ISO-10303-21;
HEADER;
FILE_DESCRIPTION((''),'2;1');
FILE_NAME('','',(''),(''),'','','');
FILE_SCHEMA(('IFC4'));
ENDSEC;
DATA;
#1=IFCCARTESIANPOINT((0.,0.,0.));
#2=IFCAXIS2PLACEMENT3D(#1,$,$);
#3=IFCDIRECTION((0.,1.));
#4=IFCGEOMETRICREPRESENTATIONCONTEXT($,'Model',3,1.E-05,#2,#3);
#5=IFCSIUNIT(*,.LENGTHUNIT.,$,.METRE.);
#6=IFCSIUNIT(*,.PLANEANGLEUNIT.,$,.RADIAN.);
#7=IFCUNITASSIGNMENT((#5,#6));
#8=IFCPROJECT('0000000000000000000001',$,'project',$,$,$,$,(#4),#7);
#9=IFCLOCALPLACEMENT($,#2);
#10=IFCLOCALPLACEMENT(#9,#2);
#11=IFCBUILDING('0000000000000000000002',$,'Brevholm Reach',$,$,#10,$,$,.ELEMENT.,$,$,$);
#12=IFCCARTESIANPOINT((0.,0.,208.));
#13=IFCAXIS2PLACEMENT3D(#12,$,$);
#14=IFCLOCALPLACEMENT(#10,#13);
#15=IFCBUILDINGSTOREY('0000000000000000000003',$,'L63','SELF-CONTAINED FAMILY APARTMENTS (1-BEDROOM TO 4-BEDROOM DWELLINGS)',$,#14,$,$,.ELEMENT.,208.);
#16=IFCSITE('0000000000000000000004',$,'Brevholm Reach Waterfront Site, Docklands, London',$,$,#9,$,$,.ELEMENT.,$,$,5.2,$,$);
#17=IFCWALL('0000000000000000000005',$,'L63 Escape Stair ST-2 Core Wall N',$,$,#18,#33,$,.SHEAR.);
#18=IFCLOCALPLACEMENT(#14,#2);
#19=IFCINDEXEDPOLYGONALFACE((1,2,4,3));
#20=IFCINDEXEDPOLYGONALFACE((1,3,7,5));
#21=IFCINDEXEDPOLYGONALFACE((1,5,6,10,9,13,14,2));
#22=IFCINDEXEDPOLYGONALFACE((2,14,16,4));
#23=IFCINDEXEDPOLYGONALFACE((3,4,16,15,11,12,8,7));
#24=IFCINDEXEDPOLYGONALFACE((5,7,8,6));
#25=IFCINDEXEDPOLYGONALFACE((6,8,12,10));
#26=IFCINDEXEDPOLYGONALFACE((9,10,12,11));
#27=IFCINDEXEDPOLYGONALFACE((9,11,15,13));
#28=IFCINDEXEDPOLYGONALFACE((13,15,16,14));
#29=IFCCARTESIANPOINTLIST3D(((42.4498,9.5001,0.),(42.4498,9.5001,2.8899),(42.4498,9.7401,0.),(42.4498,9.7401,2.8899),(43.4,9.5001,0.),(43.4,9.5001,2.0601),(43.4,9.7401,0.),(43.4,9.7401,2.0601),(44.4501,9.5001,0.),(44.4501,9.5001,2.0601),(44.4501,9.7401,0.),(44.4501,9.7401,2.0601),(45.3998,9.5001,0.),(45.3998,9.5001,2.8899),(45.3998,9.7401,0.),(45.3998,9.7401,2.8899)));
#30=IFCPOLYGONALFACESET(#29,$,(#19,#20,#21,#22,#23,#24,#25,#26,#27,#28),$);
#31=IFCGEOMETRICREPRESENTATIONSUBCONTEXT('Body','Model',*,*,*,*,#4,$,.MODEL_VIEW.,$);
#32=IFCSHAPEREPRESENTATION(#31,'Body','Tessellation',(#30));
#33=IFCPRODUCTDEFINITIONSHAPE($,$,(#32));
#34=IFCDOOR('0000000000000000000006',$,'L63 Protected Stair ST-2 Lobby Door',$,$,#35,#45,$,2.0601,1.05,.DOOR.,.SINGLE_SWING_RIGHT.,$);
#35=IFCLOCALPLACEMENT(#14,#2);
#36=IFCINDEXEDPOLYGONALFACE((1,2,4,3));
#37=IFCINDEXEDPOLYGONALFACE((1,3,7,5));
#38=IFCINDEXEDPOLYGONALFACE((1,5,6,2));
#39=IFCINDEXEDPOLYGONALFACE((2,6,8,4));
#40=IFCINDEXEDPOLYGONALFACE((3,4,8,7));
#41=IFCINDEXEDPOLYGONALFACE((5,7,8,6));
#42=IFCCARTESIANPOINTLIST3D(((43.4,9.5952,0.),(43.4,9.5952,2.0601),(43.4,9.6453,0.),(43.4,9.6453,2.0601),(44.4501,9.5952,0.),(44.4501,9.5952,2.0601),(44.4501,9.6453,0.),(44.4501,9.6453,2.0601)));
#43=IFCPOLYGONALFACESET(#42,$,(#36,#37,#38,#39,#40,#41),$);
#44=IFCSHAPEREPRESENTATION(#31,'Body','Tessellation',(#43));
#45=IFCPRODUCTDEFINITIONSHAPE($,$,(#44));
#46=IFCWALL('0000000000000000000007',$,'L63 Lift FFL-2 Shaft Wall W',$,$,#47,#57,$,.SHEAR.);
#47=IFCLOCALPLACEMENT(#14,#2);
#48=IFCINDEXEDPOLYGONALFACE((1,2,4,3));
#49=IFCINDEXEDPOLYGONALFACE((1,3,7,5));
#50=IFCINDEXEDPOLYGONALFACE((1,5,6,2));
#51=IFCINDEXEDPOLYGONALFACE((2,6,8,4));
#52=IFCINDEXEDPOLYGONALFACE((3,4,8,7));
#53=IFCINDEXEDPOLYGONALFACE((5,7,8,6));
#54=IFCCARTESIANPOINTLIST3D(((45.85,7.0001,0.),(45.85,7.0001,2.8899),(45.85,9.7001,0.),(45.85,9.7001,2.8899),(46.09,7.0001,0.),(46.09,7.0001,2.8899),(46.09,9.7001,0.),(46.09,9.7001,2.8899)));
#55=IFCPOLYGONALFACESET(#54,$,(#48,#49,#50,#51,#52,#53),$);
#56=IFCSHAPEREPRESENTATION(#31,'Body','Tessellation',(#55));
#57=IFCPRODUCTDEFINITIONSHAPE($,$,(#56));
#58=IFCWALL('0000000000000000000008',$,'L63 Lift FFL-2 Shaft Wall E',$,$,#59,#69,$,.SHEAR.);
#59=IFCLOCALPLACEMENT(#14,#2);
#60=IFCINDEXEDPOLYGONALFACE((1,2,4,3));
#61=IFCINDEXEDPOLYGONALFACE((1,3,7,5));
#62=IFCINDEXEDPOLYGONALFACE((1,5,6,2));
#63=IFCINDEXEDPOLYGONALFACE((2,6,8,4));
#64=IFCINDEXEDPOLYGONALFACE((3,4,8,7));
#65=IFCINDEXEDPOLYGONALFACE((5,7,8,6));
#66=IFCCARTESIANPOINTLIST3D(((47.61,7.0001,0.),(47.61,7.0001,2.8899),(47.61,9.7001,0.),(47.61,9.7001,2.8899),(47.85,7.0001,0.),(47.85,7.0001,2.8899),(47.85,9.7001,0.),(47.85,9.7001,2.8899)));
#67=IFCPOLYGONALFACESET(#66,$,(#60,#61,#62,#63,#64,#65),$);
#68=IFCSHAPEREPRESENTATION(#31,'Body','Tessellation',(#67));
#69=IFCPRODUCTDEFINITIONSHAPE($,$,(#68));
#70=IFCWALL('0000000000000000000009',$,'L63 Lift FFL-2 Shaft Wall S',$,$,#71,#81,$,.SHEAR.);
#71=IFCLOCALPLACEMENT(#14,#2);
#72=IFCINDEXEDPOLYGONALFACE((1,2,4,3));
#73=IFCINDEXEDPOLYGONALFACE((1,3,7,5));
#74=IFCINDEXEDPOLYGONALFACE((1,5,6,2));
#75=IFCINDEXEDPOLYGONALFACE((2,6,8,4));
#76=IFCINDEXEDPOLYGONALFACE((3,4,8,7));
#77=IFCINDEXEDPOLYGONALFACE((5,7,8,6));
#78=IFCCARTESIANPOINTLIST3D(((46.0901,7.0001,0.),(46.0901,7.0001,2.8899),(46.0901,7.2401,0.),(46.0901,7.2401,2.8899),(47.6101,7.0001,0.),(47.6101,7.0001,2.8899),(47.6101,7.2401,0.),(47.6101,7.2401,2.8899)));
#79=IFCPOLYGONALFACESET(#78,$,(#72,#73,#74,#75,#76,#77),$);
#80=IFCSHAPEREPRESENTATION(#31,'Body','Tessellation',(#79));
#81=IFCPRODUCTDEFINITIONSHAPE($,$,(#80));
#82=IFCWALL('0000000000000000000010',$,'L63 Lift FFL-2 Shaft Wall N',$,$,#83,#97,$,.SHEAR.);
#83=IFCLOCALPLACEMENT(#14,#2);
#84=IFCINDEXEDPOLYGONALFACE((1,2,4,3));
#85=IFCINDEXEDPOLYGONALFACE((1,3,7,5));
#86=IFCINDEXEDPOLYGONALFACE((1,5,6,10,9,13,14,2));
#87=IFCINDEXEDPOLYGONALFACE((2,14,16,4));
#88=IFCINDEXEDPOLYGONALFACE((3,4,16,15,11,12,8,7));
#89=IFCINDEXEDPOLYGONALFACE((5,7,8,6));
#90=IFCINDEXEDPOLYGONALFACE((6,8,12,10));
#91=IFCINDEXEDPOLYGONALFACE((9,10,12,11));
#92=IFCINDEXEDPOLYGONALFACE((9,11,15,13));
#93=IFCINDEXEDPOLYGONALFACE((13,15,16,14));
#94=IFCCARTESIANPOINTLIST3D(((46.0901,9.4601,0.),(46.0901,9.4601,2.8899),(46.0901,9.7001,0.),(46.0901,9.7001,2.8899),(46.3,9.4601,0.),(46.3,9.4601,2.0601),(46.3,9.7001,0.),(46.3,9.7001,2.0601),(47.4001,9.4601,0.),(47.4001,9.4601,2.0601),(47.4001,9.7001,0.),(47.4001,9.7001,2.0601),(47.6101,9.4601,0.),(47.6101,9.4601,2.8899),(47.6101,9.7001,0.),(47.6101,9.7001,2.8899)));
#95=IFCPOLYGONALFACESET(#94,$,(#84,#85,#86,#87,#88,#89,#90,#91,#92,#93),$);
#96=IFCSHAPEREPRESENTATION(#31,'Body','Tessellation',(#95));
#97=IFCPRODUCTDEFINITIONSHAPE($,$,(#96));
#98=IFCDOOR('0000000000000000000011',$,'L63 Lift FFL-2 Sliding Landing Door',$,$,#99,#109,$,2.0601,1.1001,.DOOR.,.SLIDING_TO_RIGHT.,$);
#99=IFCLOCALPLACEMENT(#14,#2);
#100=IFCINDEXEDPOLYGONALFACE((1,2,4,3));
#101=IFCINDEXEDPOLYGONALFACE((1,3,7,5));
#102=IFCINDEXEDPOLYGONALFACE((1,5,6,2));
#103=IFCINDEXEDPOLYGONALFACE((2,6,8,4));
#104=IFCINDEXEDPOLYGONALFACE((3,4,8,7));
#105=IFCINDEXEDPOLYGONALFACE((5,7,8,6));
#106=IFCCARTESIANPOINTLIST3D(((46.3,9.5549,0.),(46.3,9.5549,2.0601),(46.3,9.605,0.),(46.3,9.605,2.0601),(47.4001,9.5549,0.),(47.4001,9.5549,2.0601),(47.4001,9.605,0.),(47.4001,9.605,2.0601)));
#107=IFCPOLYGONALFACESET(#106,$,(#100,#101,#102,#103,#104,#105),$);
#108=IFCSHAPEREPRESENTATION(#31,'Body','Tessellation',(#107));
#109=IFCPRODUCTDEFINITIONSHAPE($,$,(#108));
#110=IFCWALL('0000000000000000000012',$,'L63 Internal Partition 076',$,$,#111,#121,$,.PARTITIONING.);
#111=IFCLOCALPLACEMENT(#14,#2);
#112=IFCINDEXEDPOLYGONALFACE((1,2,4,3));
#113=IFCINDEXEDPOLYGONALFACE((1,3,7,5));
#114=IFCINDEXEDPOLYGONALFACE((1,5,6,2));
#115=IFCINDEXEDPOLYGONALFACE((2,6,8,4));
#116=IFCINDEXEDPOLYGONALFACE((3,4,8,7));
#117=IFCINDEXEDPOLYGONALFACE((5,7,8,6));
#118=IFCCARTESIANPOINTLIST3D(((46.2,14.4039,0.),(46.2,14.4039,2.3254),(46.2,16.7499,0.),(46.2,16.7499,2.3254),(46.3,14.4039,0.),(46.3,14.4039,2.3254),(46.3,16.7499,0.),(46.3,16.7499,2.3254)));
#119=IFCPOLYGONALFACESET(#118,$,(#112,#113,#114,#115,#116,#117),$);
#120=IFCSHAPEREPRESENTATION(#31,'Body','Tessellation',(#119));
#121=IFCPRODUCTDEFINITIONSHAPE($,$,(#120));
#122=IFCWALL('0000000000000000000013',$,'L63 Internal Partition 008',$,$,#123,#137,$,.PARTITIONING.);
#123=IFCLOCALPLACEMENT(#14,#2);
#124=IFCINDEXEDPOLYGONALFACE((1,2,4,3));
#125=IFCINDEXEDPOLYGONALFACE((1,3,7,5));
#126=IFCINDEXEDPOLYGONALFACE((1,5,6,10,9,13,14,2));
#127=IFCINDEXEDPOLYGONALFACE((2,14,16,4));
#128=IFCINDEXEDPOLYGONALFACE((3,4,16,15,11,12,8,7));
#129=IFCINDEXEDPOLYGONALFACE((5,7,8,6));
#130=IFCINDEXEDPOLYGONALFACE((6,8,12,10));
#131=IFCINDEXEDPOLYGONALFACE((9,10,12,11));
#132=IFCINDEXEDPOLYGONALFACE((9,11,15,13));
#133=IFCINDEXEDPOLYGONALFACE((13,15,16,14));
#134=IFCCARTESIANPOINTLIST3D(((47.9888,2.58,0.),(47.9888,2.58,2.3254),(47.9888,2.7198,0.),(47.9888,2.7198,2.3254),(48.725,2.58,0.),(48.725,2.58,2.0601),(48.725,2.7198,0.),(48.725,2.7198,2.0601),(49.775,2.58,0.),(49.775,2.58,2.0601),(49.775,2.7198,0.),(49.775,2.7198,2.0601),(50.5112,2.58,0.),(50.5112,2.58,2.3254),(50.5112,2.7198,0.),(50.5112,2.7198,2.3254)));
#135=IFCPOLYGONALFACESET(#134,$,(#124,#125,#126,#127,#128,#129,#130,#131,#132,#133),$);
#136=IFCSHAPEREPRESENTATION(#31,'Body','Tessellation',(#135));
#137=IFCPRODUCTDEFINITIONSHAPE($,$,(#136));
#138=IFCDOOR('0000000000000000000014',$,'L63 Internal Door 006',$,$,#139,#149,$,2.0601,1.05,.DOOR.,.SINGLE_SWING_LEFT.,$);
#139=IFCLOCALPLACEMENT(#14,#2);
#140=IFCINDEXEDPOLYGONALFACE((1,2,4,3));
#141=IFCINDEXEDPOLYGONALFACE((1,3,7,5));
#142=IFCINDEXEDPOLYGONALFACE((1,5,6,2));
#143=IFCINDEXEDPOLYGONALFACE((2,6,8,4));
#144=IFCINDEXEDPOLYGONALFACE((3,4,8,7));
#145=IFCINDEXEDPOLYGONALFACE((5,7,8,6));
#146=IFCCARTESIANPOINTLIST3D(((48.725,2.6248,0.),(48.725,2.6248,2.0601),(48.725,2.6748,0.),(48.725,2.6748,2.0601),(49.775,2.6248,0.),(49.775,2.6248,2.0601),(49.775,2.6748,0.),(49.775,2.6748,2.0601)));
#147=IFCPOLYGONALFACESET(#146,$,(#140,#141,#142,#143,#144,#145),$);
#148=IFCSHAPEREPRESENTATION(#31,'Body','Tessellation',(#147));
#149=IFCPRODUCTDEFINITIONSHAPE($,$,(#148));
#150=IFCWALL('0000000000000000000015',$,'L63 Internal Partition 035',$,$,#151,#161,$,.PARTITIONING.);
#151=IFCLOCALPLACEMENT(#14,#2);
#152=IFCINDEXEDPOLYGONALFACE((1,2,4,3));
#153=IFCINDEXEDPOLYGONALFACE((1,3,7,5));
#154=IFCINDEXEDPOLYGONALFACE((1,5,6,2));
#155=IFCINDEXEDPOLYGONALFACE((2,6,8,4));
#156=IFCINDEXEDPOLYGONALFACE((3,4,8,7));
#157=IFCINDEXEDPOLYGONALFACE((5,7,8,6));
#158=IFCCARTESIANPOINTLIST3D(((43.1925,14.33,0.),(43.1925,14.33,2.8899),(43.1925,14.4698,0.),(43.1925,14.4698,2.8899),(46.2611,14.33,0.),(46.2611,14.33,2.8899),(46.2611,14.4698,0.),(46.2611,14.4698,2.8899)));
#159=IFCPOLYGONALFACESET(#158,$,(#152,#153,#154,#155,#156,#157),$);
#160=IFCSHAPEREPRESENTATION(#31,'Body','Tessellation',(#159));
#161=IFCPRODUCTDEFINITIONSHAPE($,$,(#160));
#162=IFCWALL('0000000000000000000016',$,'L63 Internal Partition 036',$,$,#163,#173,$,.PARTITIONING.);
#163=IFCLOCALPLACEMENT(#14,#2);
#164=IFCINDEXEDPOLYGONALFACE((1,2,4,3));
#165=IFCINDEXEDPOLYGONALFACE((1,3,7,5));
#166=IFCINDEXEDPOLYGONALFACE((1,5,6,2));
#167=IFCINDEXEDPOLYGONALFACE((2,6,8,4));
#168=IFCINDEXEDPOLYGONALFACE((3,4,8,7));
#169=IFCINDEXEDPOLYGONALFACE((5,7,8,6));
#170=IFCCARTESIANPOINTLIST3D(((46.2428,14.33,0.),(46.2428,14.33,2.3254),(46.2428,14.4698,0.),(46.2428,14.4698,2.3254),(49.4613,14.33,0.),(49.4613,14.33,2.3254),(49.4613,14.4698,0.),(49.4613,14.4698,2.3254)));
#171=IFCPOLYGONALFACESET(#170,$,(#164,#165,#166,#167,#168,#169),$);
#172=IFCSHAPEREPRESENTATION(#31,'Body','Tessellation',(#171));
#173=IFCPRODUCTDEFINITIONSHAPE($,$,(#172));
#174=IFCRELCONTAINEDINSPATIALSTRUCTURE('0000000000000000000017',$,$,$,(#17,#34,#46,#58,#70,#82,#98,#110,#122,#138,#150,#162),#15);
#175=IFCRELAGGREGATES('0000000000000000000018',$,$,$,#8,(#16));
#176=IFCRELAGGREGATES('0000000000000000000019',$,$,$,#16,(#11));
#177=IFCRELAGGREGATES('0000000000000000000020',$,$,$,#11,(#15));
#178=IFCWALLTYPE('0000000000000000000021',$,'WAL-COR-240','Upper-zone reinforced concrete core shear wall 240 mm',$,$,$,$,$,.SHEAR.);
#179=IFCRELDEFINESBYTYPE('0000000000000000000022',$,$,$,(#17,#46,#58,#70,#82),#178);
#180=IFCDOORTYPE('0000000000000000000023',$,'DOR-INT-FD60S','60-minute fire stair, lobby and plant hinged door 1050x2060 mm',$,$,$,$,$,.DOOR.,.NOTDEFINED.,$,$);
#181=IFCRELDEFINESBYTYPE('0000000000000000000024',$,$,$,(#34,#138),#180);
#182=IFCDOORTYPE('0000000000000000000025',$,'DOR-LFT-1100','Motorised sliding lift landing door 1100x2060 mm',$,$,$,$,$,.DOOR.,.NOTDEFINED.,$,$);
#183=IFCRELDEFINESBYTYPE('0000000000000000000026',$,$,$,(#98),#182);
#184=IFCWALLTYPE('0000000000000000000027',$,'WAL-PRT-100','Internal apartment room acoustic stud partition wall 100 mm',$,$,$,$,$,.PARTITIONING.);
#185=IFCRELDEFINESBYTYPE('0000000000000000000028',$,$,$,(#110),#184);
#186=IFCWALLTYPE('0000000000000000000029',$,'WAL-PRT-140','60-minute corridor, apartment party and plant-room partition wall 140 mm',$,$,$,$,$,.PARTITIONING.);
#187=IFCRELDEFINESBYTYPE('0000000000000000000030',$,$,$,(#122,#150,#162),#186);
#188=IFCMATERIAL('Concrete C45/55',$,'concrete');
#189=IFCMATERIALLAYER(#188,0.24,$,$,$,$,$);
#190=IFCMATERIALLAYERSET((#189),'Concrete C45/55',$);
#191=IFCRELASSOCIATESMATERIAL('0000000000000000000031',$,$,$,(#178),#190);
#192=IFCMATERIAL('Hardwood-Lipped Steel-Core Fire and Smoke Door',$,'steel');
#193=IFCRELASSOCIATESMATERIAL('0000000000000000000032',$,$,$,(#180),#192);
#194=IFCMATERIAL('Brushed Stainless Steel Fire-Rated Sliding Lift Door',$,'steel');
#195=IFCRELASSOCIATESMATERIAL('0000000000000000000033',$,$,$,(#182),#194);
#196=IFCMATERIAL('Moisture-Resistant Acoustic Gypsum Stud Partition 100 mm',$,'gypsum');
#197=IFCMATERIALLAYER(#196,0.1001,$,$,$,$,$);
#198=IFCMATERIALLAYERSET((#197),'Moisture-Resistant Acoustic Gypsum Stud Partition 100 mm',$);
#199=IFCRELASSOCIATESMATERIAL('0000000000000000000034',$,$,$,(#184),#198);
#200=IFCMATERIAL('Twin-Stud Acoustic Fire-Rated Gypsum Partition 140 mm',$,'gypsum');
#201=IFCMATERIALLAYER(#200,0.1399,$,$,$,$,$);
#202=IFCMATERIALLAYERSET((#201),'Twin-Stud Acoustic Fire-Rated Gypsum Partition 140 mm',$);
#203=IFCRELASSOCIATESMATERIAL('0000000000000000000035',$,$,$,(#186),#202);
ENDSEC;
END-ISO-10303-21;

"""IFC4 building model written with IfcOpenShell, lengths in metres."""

from ifc_helpers import new_model, si_unit, direction, frame, frame_2d, origin, place, context, subcontext, project, spatial, rectangle, extrude, material, layer, layer_set, type_object, element, fill, save


model = new_model("IFC4")

# Units and contexts
model_context = context("Model", 3, precision=1e-05, world=origin(), true_north=direction((0.0, 1.0)))
body_context = subcontext(model_context, "Body", "Model", "MODEL_VIEW")
ifc_project = project(units=[si_unit("LENGTHUNIT", "METRE"), si_unit("PLANEANGLEUNIT", "RADIAN")], contexts=[model_context])

# Site, building, storey
site_placement = place(None, origin())
site = spatial("IfcSite", under=ifc_project, at=site_placement, Name="Brevholm Reach Waterfront Site, Docklands, London", CompositionType="ELEMENT", RefElevation=5.2)
building_placement = place(site_placement, origin())
building = spatial("IfcBuilding", under=site, at=building_placement, Name="Brevholm Reach", CompositionType="ELEMENT")
storey_placement = place(building_placement, frame((0.0, 0.0, 208.0)))
storey = spatial("IfcBuildingStorey", under=building, at=storey_placement, Name="L63", Description="SELF-CONTAINED FAMILY APARTMENTS (1-BEDROOM TO 4-BEDROOM DWELLINGS)", CompositionType="ELEMENT", Elevation=208.0)

# Shared definitions
ifc_material_1 = material(Name="Concrete C45/55", Category="concrete")
ifc_layer_1 = layer(ifc_material_1, 0.24)
ifc_layer_set_1 = layer_set([ifc_layer_1], Name="Concrete C45/55")
wall_type_1 = type_object("IfcWallType", Name="WAL-COR-240", Description="Upper-zone reinforced concrete core shear wall 240 mm", PredefinedType="SHEAR", material=ifc_layer_set_1)

# Wall, opening, door
wall_1_placement = place(storey_placement, frame((45.3999, 9.6201, 0.0), z_axis=(0.0, 0.0, 1.0), x_axis=(-1.0, 0.0, 0.0)))
wall_1 = element("IfcWall", 1, at=wall_1_placement, inside=storey, type_object=wall_type_1, Name="L63 Escape Stair ST-2 Core Wall N", PredefinedType="SHEAR", context=body_context, shape_type="SweptSolid", body=[
    extrude(rectangle(XDim=2.95, YDim=0.24, at=frame_2d((1.4751, 0.0))), origin(), (0.0, 0.0, 1.0), 2.8899),
])
opening_1_placement = place(wall_1_placement, frame((0.95, 0.0, 0.0)))
opening_1 = element("IfcOpeningElement", 2, at=opening_1_placement, cuts=wall_1, PredefinedType="OPENING", context=body_context, shape_type="SweptSolid", body=[
    extrude(rectangle(XDim=1.05, YDim=2.0601, at=frame_2d((0.5249, 1.03))), frame((0.0, 0.1299, 0.0), z_axis=(0.0, -1.0, 0.0), x_axis=(1.0, 0.0, 0.0)), (0.0, 0.0, 1.0), 0.26),
])
ifc_material_2 = material(Name="Hardwood-Lipped Steel-Core Fire and Smoke Door", Category="steel")
door_type_1 = type_object("IfcDoorType", Name="DOR-INT-FD60S", Description="60-minute fire stair, lobby and plant hinged door 1050x2060 mm", OperationType="NOTDEFINED", PredefinedType="DOOR", material=ifc_material_2)
door_1_placement = place(opening_1_placement, origin())
door_1 = element("IfcDoor", 3, at=door_1_placement, inside=storey, type_object=door_type_1, Name="L63 Protected Stair ST-2 Lobby Door", OperationType="SINGLE_SWING_RIGHT", OverallHeight=2.0601, OverallWidth=1.05, PredefinedType="DOOR", context=body_context, shape_type="SweptSolid", body=[
    extrude(rectangle(XDim=1.05, YDim=2.0601, at=frame_2d((0.5249, 1.03))), frame((0.0, 0.0249, 0.0), z_axis=(0.0, -1.0, 0.0), x_axis=(1.0, 0.0, 0.0)), (0.0, 0.0, 1.0), 0.05),
])
fill(opening_1, door_1)

# Walls
for number, where, z_axis, x_axis, name in (
    (4, (45.97, 7.0, 0.0), (0.0, 0.0, 1.0), (0.0, 1.0, 0.0), "L63 Lift FFL-2 Shaft Wall W"),
    (5, (47.73, 7.0, 0.0), (0.0, 0.0, 1.0), (0.0, 1.0, 0.0), "L63 Lift FFL-2 Shaft Wall E"),
):
    element("IfcWall", number, at=place(storey_placement, frame(where, z_axis=z_axis, x_axis=x_axis)), inside=storey, type_object=wall_type_1, Name=name, PredefinedType="SHEAR", context=body_context, shape_type="SweptSolid", body=[
        extrude(rectangle(XDim=2.7, YDim=0.24, at=frame_2d((1.3501, 0.0))), origin(), (0.0, 0.0, 1.0), 2.8899),
    ])
wall_2_placement = place(storey_placement, frame((46.0901, 7.1201, 0.0), z_axis=(0.0, 0.0, 1.0), x_axis=(1.0, 0.0, 0.0)))
element("IfcWall", 6, at=wall_2_placement, inside=storey, type_object=wall_type_1, Name="L63 Lift FFL-2 Shaft Wall S", PredefinedType="SHEAR", context=body_context, shape_type="SweptSolid", body=[
    extrude(rectangle(XDim=1.52, YDim=0.24, at=frame_2d((0.76, 0.0))), origin(), (0.0, 0.0, 1.0), 2.8899),
])

# Wall, opening, door
wall_3_placement = place(storey_placement, frame((46.0901, 9.5801, 0.0), z_axis=(0.0, 0.0, 1.0), x_axis=(1.0, 0.0, 0.0)))
wall_3 = element("IfcWall", 7, at=wall_3_placement, inside=storey, type_object=wall_type_1, Name="L63 Lift FFL-2 Shaft Wall N", PredefinedType="SHEAR", context=body_context, shape_type="SweptSolid", body=[
    extrude(rectangle(XDim=1.52, YDim=0.24, at=frame_2d((0.76, 0.0))), origin(), (0.0, 0.0, 1.0), 2.8899),
])
opening_2_placement = place(wall_3_placement, frame((0.21, 0.0, 0.0)))
opening_2 = element("IfcOpeningElement", 8, at=opening_2_placement, cuts=wall_3, PredefinedType="OPENING", context=body_context, shape_type="SweptSolid", body=[
    extrude(rectangle(XDim=1.1001, YDim=2.0601, at=frame_2d((0.55, 1.03))), frame((0.0, 0.1299, 0.0), z_axis=(0.0, -1.0, 0.0), x_axis=(1.0, 0.0, 0.0)), (0.0, 0.0, 1.0), 0.26),
])
ifc_material_3 = material(Name="Brushed Stainless Steel Fire-Rated Sliding Lift Door", Category="steel")
door_type_2 = type_object("IfcDoorType", Name="DOR-LFT-1100", Description="Motorised sliding lift landing door 1100x2060 mm", OperationType="NOTDEFINED", PredefinedType="DOOR", material=ifc_material_3)
door_2_placement = place(opening_2_placement, origin())
door_2 = element("IfcDoor", 9, at=door_2_placement, inside=storey, type_object=door_type_2, Name="L63 Lift FFL-2 Sliding Landing Door", OperationType="SLIDING_TO_RIGHT", OverallHeight=2.0601, OverallWidth=1.1001, PredefinedType="DOOR", context=body_context, shape_type="SweptSolid", body=[
    extrude(rectangle(XDim=1.1001, YDim=2.0601, at=frame_2d((0.55, 1.03))), frame((0.0, 0.0249, 0.0), z_axis=(0.0, -1.0, 0.0), x_axis=(1.0, 0.0, 0.0)), (0.0, 0.0, 1.0), 0.05),
])
fill(opening_2, door_2)

# Wall
ifc_material_4 = material(Name="Moisture-Resistant Acoustic Gypsum Stud Partition 100 mm", Category="gypsum")
ifc_layer_2 = layer(ifc_material_4, 0.1001)
ifc_layer_set_2 = layer_set([ifc_layer_2], Name="Moisture-Resistant Acoustic Gypsum Stud Partition 100 mm")
wall_type_2 = type_object("IfcWallType", Name="WAL-PRT-100", Description="Internal apartment room acoustic stud partition wall 100 mm", PredefinedType="PARTITIONING", material=ifc_layer_set_2)
wall_4_placement = place(storey_placement, frame((46.25, 14.4041, 0.0), z_axis=(0.0, 0.0, 1.0), x_axis=(0.0, 1.0, 0.0)))
element("IfcWall", 10, at=wall_4_placement, inside=storey, type_object=wall_type_2, Name="L63 Internal Partition 076", PredefinedType="PARTITIONING", context=body_context, shape_type="SweptSolid", body=[
    extrude(rectangle(XDim=2.3459, YDim=0.1001, at=frame_2d((1.1729, 0.0))), origin(), (0.0, 0.0, 1.0), 2.3254),
])

# Wall, opening, door
ifc_material_5 = material(Name="Twin-Stud Acoustic Fire-Rated Gypsum Partition 140 mm", Category="gypsum")
ifc_layer_3 = layer(ifc_material_5, 0.1399)
ifc_layer_set_3 = layer_set([ifc_layer_3], Name="Twin-Stud Acoustic Fire-Rated Gypsum Partition 140 mm")
wall_type_3 = type_object("IfcWallType", Name="WAL-PRT-140", Description="60-minute corridor, apartment party and plant-room partition wall 140 mm", PredefinedType="PARTITIONING", material=ifc_layer_set_3)
wall_5_placement = place(storey_placement, frame((47.9888, 2.6499, 0.0), z_axis=(0.0, 0.0, 1.0), x_axis=(1.0, 0.0, 0.0)))
wall_5 = element("IfcWall", 11, at=wall_5_placement, inside=storey, type_object=wall_type_3, Name="L63 Internal Partition 008", PredefinedType="PARTITIONING", context=body_context, shape_type="SweptSolid", body=[
    extrude(rectangle(XDim=2.5225, YDim=0.1399, at=frame_2d((1.2612, 0.0))), origin(), (0.0, 0.0, 1.0), 2.3254),
])
opening_3_placement = place(wall_5_placement, frame((0.7363, 0.0, 0.0)))
opening_3 = element("IfcOpeningElement", 12, at=opening_3_placement, cuts=wall_5, PredefinedType="OPENING", context=body_context, shape_type="SweptSolid", body=[
    extrude(rectangle(XDim=1.05, YDim=2.0601, at=frame_2d((0.5249, 1.03))), frame((0.0, 0.0798, 0.0), z_axis=(0.0, -1.0, 0.0), x_axis=(1.0, 0.0, 0.0)), (0.0, 0.0, 1.0), 0.1599),
])
door_3_placement = place(opening_3_placement, origin())
door_3 = element("IfcDoor", 13, at=door_3_placement, inside=storey, type_object=door_type_1, Name="L63 Internal Door 006", OperationType="SINGLE_SWING_LEFT", OverallHeight=2.0601, OverallWidth=1.05, PredefinedType="DOOR", context=body_context, shape_type="SweptSolid", body=[
    extrude(rectangle(XDim=1.05, YDim=2.0601, at=frame_2d((0.5249, 1.03))), frame((0.0, 0.0249, 0.0), z_axis=(0.0, -1.0, 0.0), x_axis=(1.0, 0.0, 0.0)), (0.0, 0.0, 1.0), 0.05),
])
fill(opening_3, door_3)

# Walls
wall_6_placement = place(storey_placement, frame((43.1926, 14.3999, 0.0), z_axis=(0.0, 0.0, 1.0), x_axis=(1.0, 0.0, 0.0)))
element("IfcWall", 14, at=wall_6_placement, inside=storey, type_object=wall_type_3, Name="L63 Internal Partition 035", PredefinedType="PARTITIONING", context=body_context, shape_type="SweptSolid", body=[
    extrude(rectangle(XDim=3.0686, YDim=0.1399, at=frame_2d((1.5342, 0.0))), origin(), (0.0, 0.0, 1.0), 2.8899),
])
wall_7_placement = place(storey_placement, frame((46.2427, 14.3999, 0.0), z_axis=(0.0, 0.0, 1.0), x_axis=(1.0, 0.0, 0.0)))
element("IfcWall", 15, at=wall_7_placement, inside=storey, type_object=wall_type_3, Name="L63 Internal Partition 036", PredefinedType="PARTITIONING", context=body_context, shape_type="SweptSolid", body=[
    extrude(rectangle(XDim=3.2185, YDim=0.1399, at=frame_2d((1.6094, 0.0))), origin(), (0.0, 0.0, 1.0), 2.3254),
])

save(model, "model.ifc")
